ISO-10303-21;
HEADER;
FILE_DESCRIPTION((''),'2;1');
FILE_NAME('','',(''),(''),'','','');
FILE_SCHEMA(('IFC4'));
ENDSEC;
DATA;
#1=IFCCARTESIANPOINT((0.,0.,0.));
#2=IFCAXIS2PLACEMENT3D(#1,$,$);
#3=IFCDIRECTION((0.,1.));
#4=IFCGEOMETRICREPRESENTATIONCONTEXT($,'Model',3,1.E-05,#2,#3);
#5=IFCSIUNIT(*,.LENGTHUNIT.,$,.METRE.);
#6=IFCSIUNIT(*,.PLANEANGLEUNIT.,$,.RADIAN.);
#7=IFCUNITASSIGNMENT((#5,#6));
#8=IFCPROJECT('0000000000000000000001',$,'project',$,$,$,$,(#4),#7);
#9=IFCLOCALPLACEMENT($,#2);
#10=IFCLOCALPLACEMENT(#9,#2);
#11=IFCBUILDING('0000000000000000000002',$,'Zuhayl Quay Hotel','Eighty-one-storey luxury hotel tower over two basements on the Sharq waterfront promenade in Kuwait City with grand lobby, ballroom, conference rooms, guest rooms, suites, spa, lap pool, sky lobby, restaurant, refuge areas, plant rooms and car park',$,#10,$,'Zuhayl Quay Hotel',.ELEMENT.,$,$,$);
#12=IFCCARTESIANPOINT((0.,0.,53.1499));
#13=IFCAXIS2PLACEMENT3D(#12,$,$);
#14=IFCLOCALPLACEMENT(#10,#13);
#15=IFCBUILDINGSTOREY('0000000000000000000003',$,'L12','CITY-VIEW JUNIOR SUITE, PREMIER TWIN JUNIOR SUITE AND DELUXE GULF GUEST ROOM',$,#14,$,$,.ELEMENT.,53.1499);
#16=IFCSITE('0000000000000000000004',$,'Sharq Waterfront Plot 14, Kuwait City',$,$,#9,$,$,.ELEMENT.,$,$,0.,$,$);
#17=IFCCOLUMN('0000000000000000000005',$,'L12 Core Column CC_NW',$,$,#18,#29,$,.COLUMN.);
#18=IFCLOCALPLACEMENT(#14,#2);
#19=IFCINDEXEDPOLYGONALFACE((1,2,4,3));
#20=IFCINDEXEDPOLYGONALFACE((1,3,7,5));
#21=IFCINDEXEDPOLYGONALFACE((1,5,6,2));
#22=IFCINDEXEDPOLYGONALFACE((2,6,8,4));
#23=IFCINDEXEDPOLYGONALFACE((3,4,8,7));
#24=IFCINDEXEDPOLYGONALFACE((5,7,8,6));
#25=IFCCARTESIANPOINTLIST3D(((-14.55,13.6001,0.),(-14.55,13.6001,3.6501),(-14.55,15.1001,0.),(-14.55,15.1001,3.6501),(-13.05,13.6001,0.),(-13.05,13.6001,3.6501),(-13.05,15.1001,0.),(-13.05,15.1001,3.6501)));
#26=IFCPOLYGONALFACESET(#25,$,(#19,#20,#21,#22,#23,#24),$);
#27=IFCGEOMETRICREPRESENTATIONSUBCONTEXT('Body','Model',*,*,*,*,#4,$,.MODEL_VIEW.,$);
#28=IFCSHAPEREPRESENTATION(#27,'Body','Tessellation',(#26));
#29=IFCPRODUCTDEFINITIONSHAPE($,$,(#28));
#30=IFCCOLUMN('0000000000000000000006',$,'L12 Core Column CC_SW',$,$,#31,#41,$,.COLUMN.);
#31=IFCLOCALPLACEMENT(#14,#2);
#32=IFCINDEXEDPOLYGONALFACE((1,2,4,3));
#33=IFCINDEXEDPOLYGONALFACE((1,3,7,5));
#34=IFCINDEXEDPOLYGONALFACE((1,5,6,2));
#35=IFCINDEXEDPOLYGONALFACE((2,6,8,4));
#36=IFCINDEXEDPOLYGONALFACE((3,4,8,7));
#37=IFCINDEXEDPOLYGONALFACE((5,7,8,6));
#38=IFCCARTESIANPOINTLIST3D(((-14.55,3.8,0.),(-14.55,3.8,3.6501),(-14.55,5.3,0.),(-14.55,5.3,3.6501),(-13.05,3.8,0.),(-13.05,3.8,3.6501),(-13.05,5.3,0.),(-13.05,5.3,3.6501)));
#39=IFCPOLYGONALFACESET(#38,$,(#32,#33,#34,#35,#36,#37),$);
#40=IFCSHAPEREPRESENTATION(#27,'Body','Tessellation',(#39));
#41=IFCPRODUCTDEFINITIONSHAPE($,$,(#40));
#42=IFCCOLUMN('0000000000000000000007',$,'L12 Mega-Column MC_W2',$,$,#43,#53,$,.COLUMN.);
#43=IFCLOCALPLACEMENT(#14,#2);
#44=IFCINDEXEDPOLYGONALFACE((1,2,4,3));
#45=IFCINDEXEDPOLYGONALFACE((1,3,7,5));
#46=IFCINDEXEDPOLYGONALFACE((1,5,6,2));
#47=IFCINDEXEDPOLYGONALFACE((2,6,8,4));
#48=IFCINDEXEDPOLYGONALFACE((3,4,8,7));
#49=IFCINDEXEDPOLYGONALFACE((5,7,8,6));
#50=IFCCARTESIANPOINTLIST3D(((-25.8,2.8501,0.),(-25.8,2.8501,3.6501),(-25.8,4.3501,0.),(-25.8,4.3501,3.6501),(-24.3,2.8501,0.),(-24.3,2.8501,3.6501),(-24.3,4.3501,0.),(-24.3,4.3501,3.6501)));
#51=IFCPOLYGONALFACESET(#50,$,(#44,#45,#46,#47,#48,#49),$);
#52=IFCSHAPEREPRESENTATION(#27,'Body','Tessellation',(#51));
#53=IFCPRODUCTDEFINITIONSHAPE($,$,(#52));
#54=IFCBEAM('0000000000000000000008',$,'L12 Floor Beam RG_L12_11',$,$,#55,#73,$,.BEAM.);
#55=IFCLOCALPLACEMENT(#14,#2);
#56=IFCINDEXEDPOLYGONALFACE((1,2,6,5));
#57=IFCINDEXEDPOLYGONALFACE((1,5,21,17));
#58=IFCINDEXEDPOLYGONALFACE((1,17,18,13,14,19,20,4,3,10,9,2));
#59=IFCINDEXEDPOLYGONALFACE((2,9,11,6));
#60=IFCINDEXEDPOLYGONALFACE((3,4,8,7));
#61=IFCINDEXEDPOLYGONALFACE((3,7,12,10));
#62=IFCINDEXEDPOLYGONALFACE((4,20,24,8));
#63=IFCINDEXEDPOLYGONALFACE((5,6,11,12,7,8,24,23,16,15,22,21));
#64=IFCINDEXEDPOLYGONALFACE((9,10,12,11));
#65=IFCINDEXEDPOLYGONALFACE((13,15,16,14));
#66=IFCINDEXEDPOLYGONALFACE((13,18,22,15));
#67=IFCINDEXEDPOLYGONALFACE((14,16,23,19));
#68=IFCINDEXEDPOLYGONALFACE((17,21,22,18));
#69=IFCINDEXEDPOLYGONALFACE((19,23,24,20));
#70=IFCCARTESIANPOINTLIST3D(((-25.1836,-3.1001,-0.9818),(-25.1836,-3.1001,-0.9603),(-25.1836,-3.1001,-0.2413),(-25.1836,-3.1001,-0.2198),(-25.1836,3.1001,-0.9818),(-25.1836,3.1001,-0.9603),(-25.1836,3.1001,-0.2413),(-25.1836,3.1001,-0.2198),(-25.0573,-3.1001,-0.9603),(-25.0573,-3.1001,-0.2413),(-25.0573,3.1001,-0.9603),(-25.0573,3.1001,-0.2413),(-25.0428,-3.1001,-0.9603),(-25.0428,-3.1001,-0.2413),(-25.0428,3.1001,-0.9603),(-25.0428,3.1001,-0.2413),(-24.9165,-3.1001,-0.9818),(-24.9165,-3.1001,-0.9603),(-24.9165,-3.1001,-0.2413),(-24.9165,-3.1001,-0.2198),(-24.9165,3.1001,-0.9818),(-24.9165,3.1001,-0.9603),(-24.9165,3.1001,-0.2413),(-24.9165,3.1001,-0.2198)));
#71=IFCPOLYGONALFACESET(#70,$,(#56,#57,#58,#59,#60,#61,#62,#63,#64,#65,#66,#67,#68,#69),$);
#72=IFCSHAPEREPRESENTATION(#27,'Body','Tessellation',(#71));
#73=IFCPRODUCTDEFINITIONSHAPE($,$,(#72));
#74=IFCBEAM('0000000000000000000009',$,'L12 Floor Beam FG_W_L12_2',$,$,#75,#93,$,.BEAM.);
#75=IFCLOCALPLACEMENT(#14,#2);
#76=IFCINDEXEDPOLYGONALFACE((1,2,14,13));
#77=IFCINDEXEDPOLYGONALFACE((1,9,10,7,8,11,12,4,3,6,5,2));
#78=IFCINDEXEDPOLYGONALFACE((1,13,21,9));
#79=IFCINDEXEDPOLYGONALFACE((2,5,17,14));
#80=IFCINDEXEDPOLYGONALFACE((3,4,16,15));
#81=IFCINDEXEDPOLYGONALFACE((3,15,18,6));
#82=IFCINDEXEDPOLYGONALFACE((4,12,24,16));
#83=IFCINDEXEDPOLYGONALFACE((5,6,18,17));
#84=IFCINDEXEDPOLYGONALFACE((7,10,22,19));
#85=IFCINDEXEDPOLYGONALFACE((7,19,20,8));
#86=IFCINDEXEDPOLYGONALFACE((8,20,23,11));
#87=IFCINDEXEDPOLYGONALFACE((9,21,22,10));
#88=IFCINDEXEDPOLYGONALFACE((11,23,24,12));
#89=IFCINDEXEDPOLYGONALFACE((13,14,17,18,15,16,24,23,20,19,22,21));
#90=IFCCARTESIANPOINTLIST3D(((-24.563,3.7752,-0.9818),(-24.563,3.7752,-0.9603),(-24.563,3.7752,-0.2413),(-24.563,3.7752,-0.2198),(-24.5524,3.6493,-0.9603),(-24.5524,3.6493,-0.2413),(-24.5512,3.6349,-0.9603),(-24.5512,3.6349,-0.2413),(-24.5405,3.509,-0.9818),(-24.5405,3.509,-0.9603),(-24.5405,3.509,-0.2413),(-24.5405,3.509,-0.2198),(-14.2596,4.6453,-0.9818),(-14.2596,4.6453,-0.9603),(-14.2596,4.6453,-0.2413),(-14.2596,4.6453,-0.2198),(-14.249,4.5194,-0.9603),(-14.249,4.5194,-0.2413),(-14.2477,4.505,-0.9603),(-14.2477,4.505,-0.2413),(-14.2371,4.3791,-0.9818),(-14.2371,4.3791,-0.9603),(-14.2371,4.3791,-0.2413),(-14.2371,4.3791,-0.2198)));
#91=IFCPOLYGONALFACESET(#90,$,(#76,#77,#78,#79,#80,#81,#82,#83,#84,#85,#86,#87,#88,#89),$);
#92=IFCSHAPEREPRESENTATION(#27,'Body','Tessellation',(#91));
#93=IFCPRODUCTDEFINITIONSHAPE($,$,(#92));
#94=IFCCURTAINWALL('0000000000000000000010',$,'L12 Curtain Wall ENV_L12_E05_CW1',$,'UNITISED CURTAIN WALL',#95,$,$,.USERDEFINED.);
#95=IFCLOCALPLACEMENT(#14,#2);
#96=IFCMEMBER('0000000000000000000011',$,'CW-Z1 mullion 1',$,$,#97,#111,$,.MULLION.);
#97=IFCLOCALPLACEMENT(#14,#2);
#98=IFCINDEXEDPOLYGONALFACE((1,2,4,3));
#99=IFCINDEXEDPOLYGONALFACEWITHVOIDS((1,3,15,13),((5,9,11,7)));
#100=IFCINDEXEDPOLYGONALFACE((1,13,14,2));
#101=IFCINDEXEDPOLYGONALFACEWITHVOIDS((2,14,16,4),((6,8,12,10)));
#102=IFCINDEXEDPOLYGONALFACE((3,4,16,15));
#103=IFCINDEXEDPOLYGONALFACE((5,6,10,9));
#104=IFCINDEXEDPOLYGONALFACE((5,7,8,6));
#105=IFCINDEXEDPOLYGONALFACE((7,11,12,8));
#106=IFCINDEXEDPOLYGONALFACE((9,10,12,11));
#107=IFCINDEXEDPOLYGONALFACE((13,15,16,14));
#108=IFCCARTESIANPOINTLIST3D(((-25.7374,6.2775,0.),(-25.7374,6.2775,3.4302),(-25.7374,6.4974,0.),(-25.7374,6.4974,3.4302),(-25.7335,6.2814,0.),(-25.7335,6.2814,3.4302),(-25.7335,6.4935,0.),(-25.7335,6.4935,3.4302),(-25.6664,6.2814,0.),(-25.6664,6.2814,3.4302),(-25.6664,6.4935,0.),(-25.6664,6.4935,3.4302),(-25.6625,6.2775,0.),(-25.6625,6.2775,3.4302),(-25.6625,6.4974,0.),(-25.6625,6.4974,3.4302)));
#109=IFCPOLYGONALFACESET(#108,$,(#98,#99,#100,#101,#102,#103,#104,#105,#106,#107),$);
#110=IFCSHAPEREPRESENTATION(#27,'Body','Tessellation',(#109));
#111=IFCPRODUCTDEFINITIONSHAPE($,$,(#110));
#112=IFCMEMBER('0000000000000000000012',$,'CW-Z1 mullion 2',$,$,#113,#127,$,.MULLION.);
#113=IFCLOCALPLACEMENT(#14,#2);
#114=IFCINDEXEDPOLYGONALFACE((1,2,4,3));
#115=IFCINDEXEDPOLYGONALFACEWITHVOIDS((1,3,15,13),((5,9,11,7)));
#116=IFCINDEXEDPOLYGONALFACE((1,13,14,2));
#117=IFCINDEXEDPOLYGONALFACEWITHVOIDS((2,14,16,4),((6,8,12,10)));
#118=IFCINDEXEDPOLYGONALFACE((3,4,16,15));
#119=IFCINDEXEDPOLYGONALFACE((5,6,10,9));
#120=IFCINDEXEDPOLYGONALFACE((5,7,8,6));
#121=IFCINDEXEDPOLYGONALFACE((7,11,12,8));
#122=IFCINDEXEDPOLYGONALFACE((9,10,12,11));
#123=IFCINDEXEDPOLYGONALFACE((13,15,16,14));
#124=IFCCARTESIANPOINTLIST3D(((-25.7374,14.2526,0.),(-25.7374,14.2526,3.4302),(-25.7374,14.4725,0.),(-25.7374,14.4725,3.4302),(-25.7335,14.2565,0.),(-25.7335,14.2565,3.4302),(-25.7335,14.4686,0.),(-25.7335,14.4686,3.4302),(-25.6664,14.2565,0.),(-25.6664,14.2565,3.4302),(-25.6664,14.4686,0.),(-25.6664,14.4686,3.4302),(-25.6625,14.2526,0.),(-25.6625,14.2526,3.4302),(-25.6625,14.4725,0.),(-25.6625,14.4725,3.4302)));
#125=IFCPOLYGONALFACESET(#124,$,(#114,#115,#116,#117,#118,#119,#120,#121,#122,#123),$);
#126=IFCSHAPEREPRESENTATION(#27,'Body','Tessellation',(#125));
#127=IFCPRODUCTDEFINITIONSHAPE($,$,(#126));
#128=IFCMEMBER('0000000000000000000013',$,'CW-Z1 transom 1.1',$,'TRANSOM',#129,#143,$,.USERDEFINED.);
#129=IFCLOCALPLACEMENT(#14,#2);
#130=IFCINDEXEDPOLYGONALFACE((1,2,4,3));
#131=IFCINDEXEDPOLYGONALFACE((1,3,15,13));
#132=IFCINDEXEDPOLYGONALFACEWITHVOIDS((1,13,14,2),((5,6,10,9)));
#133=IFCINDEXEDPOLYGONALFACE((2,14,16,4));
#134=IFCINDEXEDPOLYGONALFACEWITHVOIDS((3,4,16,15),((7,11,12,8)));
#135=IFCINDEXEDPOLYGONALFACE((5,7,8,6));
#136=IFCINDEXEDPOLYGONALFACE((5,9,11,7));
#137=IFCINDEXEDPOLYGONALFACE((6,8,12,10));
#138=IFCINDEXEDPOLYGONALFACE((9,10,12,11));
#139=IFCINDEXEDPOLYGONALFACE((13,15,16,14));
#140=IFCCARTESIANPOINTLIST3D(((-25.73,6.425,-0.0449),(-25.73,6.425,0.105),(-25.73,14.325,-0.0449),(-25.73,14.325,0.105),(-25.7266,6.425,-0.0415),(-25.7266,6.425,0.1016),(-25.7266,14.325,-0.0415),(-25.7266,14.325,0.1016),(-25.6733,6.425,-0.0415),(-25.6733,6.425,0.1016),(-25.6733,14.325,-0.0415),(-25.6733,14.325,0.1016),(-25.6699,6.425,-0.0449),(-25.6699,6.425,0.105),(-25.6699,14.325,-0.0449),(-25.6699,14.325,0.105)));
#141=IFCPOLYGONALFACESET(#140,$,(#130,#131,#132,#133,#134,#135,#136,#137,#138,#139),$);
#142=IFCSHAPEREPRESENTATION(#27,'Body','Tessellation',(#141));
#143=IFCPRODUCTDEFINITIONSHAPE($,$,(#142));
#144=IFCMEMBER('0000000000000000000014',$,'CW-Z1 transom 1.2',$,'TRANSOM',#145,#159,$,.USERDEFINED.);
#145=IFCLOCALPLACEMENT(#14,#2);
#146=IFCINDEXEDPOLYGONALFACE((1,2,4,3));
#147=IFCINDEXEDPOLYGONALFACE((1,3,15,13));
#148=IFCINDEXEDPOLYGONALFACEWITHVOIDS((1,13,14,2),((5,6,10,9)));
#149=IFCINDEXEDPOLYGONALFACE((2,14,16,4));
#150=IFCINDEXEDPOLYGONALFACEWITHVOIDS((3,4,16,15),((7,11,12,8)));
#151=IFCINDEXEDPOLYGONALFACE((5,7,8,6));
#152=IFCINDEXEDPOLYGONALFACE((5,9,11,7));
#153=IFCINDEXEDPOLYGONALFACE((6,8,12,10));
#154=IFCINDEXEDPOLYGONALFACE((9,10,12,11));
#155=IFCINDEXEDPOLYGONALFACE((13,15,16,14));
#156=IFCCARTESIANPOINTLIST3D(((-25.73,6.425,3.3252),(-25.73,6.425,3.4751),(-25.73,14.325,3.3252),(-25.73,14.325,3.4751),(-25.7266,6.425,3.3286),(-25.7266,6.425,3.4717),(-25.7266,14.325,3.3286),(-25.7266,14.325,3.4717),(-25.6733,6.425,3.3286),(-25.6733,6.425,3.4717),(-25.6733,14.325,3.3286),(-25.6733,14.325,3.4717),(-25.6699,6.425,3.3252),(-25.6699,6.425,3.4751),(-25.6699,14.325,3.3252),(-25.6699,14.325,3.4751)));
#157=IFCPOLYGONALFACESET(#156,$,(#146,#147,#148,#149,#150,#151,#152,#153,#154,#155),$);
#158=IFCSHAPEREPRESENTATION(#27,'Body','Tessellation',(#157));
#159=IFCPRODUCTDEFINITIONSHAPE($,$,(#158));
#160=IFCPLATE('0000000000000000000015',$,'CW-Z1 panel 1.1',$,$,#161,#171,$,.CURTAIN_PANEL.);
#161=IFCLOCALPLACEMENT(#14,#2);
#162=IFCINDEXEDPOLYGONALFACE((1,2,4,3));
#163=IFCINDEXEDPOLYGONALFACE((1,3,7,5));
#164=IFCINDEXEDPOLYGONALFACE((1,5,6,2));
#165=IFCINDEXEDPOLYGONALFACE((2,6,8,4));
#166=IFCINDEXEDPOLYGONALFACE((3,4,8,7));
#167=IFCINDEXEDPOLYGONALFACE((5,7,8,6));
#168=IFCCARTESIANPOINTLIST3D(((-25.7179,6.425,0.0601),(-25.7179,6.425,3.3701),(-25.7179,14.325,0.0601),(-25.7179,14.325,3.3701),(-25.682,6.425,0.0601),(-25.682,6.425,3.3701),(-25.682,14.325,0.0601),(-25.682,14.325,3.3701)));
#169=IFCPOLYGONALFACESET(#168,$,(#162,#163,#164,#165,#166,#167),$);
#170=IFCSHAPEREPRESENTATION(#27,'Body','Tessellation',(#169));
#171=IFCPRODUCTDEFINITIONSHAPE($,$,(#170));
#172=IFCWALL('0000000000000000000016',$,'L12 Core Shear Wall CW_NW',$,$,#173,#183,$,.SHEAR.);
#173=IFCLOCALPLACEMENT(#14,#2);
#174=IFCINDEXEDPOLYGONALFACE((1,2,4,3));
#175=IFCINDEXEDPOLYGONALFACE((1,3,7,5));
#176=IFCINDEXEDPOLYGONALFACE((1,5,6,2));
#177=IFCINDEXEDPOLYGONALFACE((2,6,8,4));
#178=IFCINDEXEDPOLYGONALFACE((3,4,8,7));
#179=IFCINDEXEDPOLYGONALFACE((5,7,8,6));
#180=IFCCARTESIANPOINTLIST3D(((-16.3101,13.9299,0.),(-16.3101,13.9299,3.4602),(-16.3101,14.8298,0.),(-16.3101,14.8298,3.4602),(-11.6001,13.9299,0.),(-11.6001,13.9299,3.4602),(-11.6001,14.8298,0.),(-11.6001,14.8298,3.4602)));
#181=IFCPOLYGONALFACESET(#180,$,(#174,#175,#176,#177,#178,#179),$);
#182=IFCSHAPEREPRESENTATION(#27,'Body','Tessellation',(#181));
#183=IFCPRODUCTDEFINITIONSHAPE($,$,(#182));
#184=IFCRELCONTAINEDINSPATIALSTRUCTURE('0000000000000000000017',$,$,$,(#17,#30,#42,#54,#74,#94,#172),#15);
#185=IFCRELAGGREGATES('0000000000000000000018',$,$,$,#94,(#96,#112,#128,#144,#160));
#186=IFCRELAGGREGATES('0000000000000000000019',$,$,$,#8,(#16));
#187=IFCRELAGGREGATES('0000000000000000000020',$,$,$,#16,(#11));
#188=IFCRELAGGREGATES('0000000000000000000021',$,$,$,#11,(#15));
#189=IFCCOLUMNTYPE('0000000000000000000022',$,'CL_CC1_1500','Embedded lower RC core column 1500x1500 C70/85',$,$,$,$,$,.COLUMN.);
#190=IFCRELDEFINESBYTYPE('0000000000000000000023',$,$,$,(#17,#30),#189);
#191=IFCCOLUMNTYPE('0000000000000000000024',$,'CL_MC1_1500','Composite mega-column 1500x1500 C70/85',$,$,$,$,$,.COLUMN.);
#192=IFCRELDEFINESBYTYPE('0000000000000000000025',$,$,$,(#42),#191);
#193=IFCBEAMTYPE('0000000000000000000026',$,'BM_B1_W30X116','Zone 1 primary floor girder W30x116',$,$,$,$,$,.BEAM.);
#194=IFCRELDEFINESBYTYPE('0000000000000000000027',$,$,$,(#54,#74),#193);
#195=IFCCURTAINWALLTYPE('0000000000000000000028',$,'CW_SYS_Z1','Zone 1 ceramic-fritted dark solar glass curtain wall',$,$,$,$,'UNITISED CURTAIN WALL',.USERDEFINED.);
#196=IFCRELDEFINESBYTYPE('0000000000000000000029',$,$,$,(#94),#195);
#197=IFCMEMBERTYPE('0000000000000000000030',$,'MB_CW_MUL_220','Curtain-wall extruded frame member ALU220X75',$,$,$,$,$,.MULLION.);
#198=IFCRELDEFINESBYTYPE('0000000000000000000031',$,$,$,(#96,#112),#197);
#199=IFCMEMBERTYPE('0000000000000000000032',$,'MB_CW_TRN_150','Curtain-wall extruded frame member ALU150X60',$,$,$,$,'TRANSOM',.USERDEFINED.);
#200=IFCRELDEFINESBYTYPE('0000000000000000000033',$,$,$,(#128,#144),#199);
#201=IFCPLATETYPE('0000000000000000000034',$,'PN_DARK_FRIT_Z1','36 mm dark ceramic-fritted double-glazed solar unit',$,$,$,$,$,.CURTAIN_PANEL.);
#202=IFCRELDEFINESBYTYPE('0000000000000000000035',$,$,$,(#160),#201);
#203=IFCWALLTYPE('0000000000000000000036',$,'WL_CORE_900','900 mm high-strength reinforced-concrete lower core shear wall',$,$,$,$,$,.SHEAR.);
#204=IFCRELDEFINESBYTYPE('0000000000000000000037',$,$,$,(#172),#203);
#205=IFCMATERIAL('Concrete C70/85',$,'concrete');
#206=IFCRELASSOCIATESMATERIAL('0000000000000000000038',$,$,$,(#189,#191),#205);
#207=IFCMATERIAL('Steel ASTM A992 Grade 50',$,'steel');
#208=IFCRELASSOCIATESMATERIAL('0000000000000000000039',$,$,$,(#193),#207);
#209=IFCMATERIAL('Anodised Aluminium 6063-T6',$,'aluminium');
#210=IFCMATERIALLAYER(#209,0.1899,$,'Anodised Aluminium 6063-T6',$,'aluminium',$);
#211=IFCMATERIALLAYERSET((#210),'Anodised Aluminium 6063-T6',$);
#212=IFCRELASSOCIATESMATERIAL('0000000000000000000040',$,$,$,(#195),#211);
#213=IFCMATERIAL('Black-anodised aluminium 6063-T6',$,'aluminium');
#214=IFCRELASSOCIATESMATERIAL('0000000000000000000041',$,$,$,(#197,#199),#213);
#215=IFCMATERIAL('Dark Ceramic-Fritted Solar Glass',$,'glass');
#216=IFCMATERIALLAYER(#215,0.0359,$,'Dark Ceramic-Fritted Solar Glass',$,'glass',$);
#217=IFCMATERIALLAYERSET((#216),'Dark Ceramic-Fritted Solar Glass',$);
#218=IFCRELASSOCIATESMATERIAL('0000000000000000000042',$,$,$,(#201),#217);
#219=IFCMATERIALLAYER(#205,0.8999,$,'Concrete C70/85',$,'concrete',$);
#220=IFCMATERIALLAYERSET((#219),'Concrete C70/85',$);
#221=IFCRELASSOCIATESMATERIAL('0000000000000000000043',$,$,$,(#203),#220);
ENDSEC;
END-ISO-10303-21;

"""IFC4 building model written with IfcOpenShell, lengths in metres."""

from ifc_helpers import new_model, si_unit, direction, frame, frame_2d, origin, origin_2d, place, context, subcontext, project, spatial, rectangle, hollow_rectangle, i_section, extrude, material, layer, layer_set, material_profile, profile_set, type_object, element, aggregate, save


model = new_model("IFC4")

# Units and contexts
model_context = context("Model", 3, precision=1e-05, world=origin(), true_north=direction((0.0, 1.0)))
body_context = subcontext(model_context, "Body", "Model", "MODEL_VIEW")
ifc_project = project(units=[si_unit("LENGTHUNIT", "METRE"), si_unit("PLANEANGLEUNIT", "RADIAN")], contexts=[model_context])

# Site, building, storey
site_placement = place(None, origin())
site = spatial("IfcSite", under=ifc_project, at=site_placement, Name="Sharq Waterfront Plot 14, Kuwait City", CompositionType="ELEMENT", RefElevation=0.0)
building_placement = place(site_placement, origin())
building = spatial("IfcBuilding", under=site, at=building_placement, Name="Zuhayl Quay Hotel", Description="Eighty-one-storey luxury hotel tower over two basements on the Sharq waterfront promenade in Kuwait City with grand lobby, ballroom, conference rooms, guest rooms, suites, spa, lap pool, sky lobby, restaurant, refuge areas, plant rooms and car park", LongName="Zuhayl Quay Hotel", CompositionType="ELEMENT")
storey_placement = place(building_placement, frame((0.0, 0.0, 53.1499)))
storey = spatial("IfcBuildingStorey", under=building, at=storey_placement, Name="L12", Description="CITY-VIEW JUNIOR SUITE, PREMIER TWIN JUNIOR SUITE AND DELUXE GULF GUEST ROOM", CompositionType="ELEMENT", Elevation=53.1499)

# Columns
ifc_material_1 = material(Name="Concrete C70/85", Category="concrete")
ifc_material_profile_1 = material_profile(ifc_material_1, rectangle(XDim=1.5, YDim=1.5, at=origin_2d()), Name="RC1500X1500")
ifc_profile_set_1 = profile_set([ifc_material_profile_1], Name="Concrete C70/85")
column_type_1 = type_object("IfcColumnType", Name="CL_CC1_1500", Description="Embedded lower RC core column 1500x1500 C70/85", PredefinedType="COLUMN", material=ifc_profile_set_1)
for number, where, z_axis, x_axis, name in (
    (1, (-13.8, 14.3501, 0.0), (0.0, 0.0, 1.0), (1.0, 0.0, 0.0), "L12 Core Column CC_NW"),
    (2, (-13.8, 4.55, 0.0), (0.0, 0.0, 1.0), (1.0, 0.0, 0.0), "L12 Core Column CC_SW"),
):
    element("IfcColumn", number, at=place(storey_placement, frame(where, z_axis=z_axis, x_axis=x_axis)), inside=storey, type_object=column_type_1, Name=name, PredefinedType="COLUMN", context=body_context, shape_type="SweptSolid", body=[
        extrude(rectangle(XDim=1.5, YDim=1.5, at=origin_2d()), origin(), (0.0, 0.0, 1.0), 3.6501),
    ])
ifc_material_profile_2 = material_profile(ifc_material_1, rectangle(XDim=1.5, YDim=1.5, at=origin_2d()), Name="RC1500X1500")
ifc_profile_set_2 = profile_set([ifc_material_profile_2], Name="Concrete C70/85")
column_type_2 = type_object("IfcColumnType", Name="CL_MC1_1500", Description="Composite mega-column 1500x1500 C70/85", PredefinedType="COLUMN", material=ifc_profile_set_2)
column_placement = place(storey_placement, frame((-25.05, 3.6001, 0.0), z_axis=(0.0, 0.0, 1.0), x_axis=(1.0, 0.0, 0.0)))
element("IfcColumn", 3, at=column_placement, inside=storey, type_object=column_type_2, Name="L12 Mega-Column MC_W2", PredefinedType="COLUMN", context=body_context, shape_type="SweptSolid", body=[
    extrude(rectangle(XDim=1.5, YDim=1.5, at=origin_2d()), origin(), (0.0, 0.0, 1.0), 3.6501),
])

# Beams
ifc_material_2 = material(Name="Steel ASTM A992 Grade 50", Category="steel")
ifc_material_profile_3 = material_profile(ifc_material_2, i_section(OverallWidth=0.2671, OverallDepth=0.762, WebThickness=0.0144, FlangeThickness=0.0215, at=origin_2d()), Name="W30X116")
ifc_profile_set_3 = profile_set([ifc_material_profile_3], Name="Steel ASTM A992 Grade 50")
beam_type = type_object("IfcBeamType", Name="BM_B1_W30X116", Description="Zone 1 primary floor girder W30x116", PredefinedType="BEAM", material=ifc_profile_set_3)
beam_1_placement = place(storey_placement, frame((-25.05, 3.1001, -0.6008), z_axis=(0.0, -1.0, 0.0), x_axis=(1.0, 0.0, 0.0)))
element("IfcBeam", 4, at=beam_1_placement, inside=storey, type_object=beam_type, Name="L12 Floor Beam RG_L12_11", PredefinedType="BEAM", context=body_context, shape_type="SweptSolid", body=[
    extrude(i_section(OverallWidth=0.2671, OverallDepth=0.762, WebThickness=0.0144, FlangeThickness=0.0215, at=origin_2d()), origin(), (0.0, 0.0, 1.0), 6.2002),
])
beam_2_placement = place(storey_placement, frame((-24.5518, 3.6421, -0.6008), z_axis=(0.996453, 0.084149, 0.0), x_axis=(-0.084149, 0.996453, 0.0)))
element("IfcBeam", 5, at=beam_2_placement, inside=storey, type_object=beam_type, Name="L12 Floor Beam FG_W_L12_2", PredefinedType="BEAM", context=body_context, shape_type="SweptSolid", body=[
    extrude(i_section(OverallWidth=0.2671, OverallDepth=0.762, WebThickness=0.0144, FlangeThickness=0.0215, at=origin_2d()), origin(), (0.0, 0.0, 1.0), 10.3401),
])

# Curtain wall, members, plate
ifc_material_3 = material(Name="Anodised Aluminium 6063-T6", Category="aluminium")
ifc_layer_1 = layer(ifc_material_3, 0.1899, Name="Anodised Aluminium 6063-T6", Category="aluminium")
ifc_layer_set_1 = layer_set([ifc_layer_1], Name="Anodised Aluminium 6063-T6")
curtain_wall_type = type_object("IfcCurtainWallType", Name="CW_SYS_Z1", Description="Zone 1 ceramic-fritted dark solar glass curtain wall", ElementType="UNITISED CURTAIN WALL", PredefinedType="USERDEFINED", material=ifc_layer_set_1)
curtain_wall_placement = place(storey_placement, origin())
curtain_wall = element("IfcCurtainWall", 6, at=curtain_wall_placement, inside=storey, type_object=curtain_wall_type, Name="L12 Curtain Wall ENV_L12_E05_CW1", ObjectType="UNITISED CURTAIN WALL", PredefinedType="USERDEFINED")
ifc_material_4 = material(Name="Black-anodised aluminium 6063-T6", Category="aluminium")
ifc_material_profile_4 = material_profile(ifc_material_4, hollow_rectangle(XDim=0.075, YDim=0.22, WallThickness=0.0039, at=origin_2d()), Name="ALU220X75")
ifc_profile_set_4 = profile_set([ifc_material_profile_4], Name="Black-anodised aluminium 6063-T6")
member_type_1 = type_object("IfcMemberType", Name="MB_CW_MUL_220", Description="Curtain-wall extruded frame member ALU220X75", PredefinedType="MULLION", material=ifc_profile_set_4)
member_1_placement = place(storey_placement, frame((-25.7, 6.3875, 0.0), z_axis=(0.0, 0.0, 1.0), x_axis=(-1.0, 0.0, 0.0)))
member_1 = element("IfcMember", 7, at=member_1_placement, type_object=member_type_1, Name="CW-Z1 mullion 1", PredefinedType="MULLION", context=body_context, shape_type="SweptSolid", body=[
    extrude(hollow_rectangle(XDim=0.075, YDim=0.22, WallThickness=0.0039, at=origin_2d()), origin(), (0.0, 0.0, 1.0), 3.4302),
])
member_2_placement = place(storey_placement, frame((-25.7, 14.3625, 0.0), z_axis=(0.0, 0.0, 1.0), x_axis=(-1.0, 0.0, 0.0)))
member_2 = element("IfcMember", 8, at=member_2_placement, type_object=member_type_1, Name="CW-Z1 mullion 2", PredefinedType="MULLION", context=body_context, shape_type="SweptSolid", body=[
    extrude(hollow_rectangle(XDim=0.075, YDim=0.22, WallThickness=0.0039, at=origin_2d()), origin(), (0.0, 0.0, 1.0), 3.4302),
])
ifc_material_profile_5 = material_profile(ifc_material_4, hollow_rectangle(XDim=0.0601, YDim=0.1499, WallThickness=0.0034, at=origin_2d()), Name="ALU150X60")
ifc_profile_set_5 = profile_set([ifc_material_profile_5], Name="Black-anodised aluminium 6063-T6")
member_type_2 = type_object("IfcMemberType", Name="MB_CW_TRN_150", Description="Curtain-wall extruded frame member ALU150X60", ElementType="TRANSOM", PredefinedType="USERDEFINED", material=ifc_profile_set_5)
member_3_placement = place(storey_placement, frame((-25.7, 6.425, 0.03), z_axis=(0.0, 1.0, 0.0), x_axis=(-1.0, 0.0, 0.0)))
member_3 = element("IfcMember", 9, at=member_3_placement, type_object=member_type_2, Name="CW-Z1 transom 1.1", ObjectType="TRANSOM", PredefinedType="USERDEFINED", context=body_context, shape_type="SweptSolid", body=[
    extrude(hollow_rectangle(XDim=0.0601, YDim=0.1499, WallThickness=0.0034, at=origin_2d()), origin(), (0.0, 0.0, 1.0), 7.8999),
])
member_4_placement = place(storey_placement, frame((-25.7, 6.425, 3.4001), z_axis=(0.0, 1.0, 0.0), x_axis=(-1.0, 0.0, 0.0)))
member_4 = element("IfcMember", 10, at=member_4_placement, type_object=member_type_2, Name="CW-Z1 transom 1.2", ObjectType="TRANSOM", PredefinedType="USERDEFINED", context=body_context, shape_type="SweptSolid", body=[
    extrude(hollow_rectangle(XDim=0.0601, YDim=0.1499, WallThickness=0.0034, at=origin_2d()), origin(), (0.0, 0.0, 1.0), 7.8999),
])
ifc_material_5 = material(Name="Dark Ceramic-Fritted Solar Glass", Category="glass")
ifc_layer_2 = layer(ifc_material_5, 0.0359, Name="Dark Ceramic-Fritted Solar Glass", Category="glass")
ifc_layer_set_2 = layer_set([ifc_layer_2], Name="Dark Ceramic-Fritted Solar Glass")
plate_type = type_object("IfcPlateType", Name="PN_DARK_FRIT_Z1", Description="36 mm dark ceramic-fritted double-glazed solar unit", PredefinedType="CURTAIN_PANEL", material=ifc_layer_set_2)
plate_placement = place(storey_placement, frame((-25.7, 10.375, 0.0601), z_axis=(0.0, 0.0, 1.0), x_axis=(0.0, 1.0, 0.0)))
plate = element("IfcPlate", 11, at=plate_placement, type_object=plate_type, Name="CW-Z1 panel 1.1", PredefinedType="CURTAIN_PANEL", context=body_context, shape_type="SweptSolid", body=[
    extrude(rectangle(XDim=7.8999, YDim=0.0359, at=origin_2d()), origin(), (0.0, 0.0, 1.0), 3.3101),
])
aggregate(curtain_wall, [member_1, member_2, member_3, member_4, plate])

# Wall
ifc_layer_3 = layer(ifc_material_1, 0.8999, Name="Concrete C70/85", Category="concrete")
ifc_layer_set_3 = layer_set([ifc_layer_3], Name="Concrete C70/85")
wall_type_1 = type_object("IfcWallType", Name="WL_CORE_900", Description="900 mm high-strength reinforced-concrete lower core shear wall", PredefinedType="SHEAR", material=ifc_layer_set_3)
wall_1_placement = place(storey_placement, frame((-16.3101, 14.3799, 0.0), z_axis=(0.0, 0.0, 1.0), x_axis=(1.0, 0.0, 0.0)))
element("IfcWall", 12, at=wall_1_placement, inside=storey, type_object=wall_type_1, Name="L12 Core Shear Wall CW_NW", PredefinedType="SHEAR", context=body_context, shape_type="SweptSolid", body=[
    extrude(rectangle(XDim=4.71, YDim=0.8999, at=frame_2d((2.355, 0.0))), origin(), (0.0, 0.0, 1.0), 3.4602),
])

save(model, "model.ifc")
